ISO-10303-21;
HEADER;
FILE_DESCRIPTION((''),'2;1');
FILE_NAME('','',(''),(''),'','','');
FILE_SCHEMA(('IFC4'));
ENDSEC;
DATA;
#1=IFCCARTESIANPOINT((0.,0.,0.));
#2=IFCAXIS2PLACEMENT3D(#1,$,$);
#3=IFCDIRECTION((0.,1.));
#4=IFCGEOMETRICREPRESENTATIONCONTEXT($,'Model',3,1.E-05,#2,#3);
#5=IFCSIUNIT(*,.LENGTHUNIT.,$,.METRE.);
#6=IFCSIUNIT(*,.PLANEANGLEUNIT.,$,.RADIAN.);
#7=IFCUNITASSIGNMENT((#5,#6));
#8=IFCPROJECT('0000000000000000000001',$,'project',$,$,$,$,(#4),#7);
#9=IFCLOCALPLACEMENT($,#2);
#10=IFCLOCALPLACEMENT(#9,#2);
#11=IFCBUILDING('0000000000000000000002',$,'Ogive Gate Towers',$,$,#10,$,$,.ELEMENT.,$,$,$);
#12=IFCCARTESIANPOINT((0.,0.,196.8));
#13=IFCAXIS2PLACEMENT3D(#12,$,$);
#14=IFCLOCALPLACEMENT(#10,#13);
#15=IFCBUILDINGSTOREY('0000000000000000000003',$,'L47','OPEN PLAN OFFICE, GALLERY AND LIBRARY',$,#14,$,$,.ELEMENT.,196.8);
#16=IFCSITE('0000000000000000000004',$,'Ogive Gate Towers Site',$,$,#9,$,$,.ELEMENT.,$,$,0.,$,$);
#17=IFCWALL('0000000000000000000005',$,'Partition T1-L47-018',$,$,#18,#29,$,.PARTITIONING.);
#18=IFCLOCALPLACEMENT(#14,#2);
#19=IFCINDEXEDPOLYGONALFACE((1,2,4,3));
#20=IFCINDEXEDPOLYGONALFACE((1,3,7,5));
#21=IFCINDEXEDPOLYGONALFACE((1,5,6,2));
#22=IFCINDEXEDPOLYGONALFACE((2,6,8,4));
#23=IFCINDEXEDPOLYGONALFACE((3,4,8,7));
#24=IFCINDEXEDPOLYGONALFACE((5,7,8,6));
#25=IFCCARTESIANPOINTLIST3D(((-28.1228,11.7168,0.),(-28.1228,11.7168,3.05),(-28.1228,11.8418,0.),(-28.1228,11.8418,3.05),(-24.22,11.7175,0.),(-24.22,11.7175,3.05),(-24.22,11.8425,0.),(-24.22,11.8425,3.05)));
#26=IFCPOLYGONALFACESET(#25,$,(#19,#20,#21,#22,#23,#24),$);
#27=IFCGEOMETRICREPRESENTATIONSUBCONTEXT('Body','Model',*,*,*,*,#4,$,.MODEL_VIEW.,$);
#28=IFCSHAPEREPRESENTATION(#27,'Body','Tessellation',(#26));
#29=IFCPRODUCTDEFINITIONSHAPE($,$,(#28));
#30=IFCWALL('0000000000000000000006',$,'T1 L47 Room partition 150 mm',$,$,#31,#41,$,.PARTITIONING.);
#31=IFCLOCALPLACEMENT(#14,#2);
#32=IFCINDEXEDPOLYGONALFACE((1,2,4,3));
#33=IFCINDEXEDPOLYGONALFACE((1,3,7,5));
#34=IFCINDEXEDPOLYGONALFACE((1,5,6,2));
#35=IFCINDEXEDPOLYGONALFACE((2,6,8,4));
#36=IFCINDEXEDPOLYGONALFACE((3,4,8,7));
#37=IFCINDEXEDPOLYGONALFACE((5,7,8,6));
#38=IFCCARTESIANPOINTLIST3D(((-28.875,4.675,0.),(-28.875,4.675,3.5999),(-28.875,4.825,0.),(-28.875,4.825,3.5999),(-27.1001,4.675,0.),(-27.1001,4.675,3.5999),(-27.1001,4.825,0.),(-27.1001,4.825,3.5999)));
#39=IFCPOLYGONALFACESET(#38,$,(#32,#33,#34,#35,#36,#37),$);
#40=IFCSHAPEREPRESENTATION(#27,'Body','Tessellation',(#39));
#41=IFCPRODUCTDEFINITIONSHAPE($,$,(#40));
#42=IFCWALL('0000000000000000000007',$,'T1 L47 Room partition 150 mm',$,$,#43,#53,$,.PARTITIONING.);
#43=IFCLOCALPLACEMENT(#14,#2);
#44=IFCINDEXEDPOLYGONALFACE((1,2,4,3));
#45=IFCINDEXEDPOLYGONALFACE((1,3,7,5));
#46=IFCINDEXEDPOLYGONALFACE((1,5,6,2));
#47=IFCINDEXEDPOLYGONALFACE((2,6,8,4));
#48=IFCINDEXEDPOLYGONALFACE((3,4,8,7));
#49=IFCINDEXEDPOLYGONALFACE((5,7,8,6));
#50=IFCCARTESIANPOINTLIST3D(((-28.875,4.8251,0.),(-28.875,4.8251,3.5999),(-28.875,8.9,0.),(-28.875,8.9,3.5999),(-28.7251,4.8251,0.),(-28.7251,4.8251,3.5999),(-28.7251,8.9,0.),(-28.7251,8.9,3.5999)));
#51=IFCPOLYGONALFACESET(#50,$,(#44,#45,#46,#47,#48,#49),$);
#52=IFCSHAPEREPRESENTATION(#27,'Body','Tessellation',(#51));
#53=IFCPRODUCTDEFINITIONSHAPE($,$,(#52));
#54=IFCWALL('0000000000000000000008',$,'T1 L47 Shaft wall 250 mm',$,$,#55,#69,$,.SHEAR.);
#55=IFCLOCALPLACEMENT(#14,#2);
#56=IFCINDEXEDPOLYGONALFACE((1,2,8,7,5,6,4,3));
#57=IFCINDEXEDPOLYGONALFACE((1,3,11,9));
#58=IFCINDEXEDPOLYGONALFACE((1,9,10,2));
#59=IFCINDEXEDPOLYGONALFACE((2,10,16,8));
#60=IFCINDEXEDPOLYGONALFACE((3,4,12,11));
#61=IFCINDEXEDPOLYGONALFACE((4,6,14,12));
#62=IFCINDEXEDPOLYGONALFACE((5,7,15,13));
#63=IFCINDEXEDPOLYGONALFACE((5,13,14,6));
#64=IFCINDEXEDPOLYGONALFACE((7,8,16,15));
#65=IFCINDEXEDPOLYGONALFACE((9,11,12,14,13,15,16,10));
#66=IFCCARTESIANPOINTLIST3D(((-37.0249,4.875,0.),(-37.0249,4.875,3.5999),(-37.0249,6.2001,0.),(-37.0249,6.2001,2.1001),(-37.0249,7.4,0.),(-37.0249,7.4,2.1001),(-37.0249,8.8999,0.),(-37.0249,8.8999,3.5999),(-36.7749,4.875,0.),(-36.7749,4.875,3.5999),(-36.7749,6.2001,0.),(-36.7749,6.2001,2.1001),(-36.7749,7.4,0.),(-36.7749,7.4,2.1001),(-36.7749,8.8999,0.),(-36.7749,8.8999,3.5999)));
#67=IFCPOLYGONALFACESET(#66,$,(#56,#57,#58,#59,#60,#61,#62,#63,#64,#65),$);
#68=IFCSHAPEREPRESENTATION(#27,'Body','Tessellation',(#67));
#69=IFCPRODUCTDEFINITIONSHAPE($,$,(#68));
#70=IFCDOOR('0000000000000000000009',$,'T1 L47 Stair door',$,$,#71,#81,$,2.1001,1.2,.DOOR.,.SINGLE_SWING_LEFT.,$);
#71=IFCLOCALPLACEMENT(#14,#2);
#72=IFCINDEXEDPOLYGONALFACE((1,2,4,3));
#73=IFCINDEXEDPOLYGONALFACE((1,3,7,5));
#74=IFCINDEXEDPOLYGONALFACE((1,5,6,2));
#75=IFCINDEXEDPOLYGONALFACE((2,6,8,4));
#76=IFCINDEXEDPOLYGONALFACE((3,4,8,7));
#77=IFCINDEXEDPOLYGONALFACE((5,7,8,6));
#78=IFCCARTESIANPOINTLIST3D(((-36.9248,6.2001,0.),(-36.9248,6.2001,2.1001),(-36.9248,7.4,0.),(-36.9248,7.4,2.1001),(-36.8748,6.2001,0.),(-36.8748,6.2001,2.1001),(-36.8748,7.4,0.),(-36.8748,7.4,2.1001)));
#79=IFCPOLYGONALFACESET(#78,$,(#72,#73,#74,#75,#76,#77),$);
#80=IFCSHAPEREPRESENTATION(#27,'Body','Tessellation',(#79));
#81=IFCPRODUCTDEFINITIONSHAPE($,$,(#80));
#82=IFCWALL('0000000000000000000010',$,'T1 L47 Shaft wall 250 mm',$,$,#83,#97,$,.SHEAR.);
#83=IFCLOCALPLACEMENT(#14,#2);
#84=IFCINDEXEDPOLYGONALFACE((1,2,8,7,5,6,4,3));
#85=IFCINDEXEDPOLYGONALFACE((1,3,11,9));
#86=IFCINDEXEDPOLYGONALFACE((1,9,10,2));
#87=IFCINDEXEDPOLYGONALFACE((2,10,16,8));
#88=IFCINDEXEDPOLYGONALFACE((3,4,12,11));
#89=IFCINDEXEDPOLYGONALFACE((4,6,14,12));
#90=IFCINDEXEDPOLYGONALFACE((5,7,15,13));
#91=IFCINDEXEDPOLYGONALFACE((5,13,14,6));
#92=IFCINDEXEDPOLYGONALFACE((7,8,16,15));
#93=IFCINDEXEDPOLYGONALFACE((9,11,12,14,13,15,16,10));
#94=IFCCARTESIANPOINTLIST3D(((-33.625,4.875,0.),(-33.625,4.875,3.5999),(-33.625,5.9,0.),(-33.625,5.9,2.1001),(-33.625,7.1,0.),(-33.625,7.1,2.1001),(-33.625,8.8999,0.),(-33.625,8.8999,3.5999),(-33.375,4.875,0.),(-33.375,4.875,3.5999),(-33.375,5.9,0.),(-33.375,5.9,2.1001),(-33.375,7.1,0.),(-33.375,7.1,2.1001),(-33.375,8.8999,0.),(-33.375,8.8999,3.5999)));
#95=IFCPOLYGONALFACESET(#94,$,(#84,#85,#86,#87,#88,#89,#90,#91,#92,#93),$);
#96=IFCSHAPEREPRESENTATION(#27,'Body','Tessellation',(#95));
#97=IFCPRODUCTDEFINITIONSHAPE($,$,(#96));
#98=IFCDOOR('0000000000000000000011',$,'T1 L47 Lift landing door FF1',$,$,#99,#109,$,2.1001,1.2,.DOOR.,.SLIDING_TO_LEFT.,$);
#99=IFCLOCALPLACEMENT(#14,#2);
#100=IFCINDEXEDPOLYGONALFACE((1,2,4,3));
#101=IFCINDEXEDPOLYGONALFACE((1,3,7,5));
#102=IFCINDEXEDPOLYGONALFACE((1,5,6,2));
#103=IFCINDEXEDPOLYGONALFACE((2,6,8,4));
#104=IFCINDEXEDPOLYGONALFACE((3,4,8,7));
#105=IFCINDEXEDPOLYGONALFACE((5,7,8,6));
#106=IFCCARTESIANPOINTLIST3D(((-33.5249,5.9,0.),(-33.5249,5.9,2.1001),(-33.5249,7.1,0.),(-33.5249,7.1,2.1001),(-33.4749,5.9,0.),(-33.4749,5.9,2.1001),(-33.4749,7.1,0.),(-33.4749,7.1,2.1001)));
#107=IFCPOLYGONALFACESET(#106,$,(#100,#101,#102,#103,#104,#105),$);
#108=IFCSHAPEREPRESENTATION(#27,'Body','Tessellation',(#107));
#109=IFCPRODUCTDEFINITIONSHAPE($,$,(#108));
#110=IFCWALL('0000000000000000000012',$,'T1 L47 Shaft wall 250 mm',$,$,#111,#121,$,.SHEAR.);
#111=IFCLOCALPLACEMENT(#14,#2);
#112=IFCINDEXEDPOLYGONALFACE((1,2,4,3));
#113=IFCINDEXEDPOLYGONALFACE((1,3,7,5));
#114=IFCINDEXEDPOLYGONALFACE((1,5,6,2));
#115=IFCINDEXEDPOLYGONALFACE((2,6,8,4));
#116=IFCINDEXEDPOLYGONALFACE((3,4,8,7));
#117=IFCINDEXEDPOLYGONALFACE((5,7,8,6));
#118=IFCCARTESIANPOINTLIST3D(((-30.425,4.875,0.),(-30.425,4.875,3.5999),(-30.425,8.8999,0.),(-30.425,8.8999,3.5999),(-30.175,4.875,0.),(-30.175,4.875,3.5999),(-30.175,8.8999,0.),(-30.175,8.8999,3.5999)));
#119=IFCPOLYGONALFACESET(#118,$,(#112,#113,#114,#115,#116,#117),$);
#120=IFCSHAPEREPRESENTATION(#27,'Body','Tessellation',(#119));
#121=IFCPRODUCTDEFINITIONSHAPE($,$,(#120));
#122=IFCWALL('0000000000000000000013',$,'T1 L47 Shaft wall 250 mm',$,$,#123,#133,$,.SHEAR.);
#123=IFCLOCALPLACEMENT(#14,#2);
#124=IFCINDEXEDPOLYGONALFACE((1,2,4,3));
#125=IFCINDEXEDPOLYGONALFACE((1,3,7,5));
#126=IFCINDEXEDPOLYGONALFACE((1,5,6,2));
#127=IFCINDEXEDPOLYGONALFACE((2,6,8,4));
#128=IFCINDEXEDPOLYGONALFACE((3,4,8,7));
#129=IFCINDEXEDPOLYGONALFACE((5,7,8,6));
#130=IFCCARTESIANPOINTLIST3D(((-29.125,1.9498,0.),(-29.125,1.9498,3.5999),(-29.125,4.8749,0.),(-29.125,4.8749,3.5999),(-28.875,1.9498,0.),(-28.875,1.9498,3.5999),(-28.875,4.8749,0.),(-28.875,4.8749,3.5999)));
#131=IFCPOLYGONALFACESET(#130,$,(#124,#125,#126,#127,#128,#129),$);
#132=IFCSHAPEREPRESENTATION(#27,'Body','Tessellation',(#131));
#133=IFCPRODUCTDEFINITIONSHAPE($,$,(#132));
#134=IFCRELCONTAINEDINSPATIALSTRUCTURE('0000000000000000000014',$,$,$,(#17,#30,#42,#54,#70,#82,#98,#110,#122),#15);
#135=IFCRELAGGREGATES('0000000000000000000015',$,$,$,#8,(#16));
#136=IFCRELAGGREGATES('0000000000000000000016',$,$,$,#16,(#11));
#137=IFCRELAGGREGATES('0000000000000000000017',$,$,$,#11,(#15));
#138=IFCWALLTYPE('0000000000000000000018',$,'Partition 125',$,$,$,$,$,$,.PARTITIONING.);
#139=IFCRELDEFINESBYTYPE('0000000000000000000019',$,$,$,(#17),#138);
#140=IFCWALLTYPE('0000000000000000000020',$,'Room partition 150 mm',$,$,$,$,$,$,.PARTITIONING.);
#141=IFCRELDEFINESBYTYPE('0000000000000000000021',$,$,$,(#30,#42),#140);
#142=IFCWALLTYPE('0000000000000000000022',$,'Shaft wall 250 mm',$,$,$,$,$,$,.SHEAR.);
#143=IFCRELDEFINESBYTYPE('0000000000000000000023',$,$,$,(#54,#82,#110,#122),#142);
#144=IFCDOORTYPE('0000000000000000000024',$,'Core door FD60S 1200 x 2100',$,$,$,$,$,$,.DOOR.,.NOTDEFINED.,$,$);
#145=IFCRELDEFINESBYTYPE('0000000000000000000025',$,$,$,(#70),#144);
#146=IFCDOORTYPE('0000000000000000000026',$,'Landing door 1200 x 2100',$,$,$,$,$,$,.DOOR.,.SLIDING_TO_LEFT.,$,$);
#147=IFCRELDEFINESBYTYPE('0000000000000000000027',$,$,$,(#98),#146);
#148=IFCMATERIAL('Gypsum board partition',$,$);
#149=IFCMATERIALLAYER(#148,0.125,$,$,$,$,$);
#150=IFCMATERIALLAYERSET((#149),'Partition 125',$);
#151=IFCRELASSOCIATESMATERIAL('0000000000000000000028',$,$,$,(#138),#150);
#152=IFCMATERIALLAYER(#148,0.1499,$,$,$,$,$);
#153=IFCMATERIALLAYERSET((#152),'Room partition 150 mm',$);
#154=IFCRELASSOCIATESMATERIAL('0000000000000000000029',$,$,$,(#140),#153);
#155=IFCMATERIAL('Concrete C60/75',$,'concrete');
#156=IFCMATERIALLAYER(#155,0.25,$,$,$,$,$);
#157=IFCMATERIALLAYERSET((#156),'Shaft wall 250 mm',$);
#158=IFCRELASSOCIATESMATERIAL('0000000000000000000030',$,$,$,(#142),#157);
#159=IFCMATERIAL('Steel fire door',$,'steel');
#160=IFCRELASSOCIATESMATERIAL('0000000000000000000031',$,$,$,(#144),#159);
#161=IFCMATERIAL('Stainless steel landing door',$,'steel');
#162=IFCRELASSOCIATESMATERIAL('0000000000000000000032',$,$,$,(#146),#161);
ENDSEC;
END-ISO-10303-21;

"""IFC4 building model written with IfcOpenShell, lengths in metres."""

from ifc_helpers import new_model, si_unit, direction, frame, frame_2d, origin, place, context, subcontext, project, spatial, rectangle, extrude, material, layer, layer_set, type_object, element, fill, save


model = new_model("IFC4")

# Units and contexts
model_context = context("Model", 3, precision=1e-05, world=origin(), true_north=direction((0.0, 1.0)))
body_context = subcontext(model_context, "Body", "Model", "MODEL_VIEW")
ifc_project = project(units=[si_unit("LENGTHUNIT", "METRE"), si_unit("PLANEANGLEUNIT", "RADIAN")], contexts=[model_context])

# Site, building, storey
site_placement = place(None, origin())
site = spatial("IfcSite", under=ifc_project, at=site_placement, Name="Ogive Gate Towers Site", CompositionType="ELEMENT", RefElevation=0.0)
building_placement = place(site_placement, origin())
building = spatial("IfcBuilding", under=site, at=building_placement, Name="Ogive Gate Towers", CompositionType="ELEMENT")
storey_placement = place(building_placement, frame((0.0, 0.0, 196.8)))
storey = spatial("IfcBuildingStorey", under=building, at=storey_placement, Name="L47", Description="OPEN PLAN OFFICE, GALLERY AND LIBRARY", CompositionType="ELEMENT", Elevation=196.8)

# Shared definitions
ifc_material_1 = material(Name="Gypsum board partition")
ifc_layer_1 = layer(ifc_material_1, 0.125)
ifc_layer_set_1 = layer_set([ifc_layer_1], Name="Partition 125")
wall_type_1 = type_object("IfcWallType", Name="Partition 125", PredefinedType="PARTITIONING", material=ifc_layer_set_1)

# Walls
wall_1_placement = place(storey_placement, frame((-24.22, 11.78, 0.0), z_axis=(0.0, 0.0, 1.0), x_axis=(-1.0, -0.000188, 0.0)))
element("IfcWall", 1, at=wall_1_placement, inside=storey, type_object=wall_type_1, Name="Partition T1-L47-018", PredefinedType="PARTITIONING", context=body_context, shape_type="SweptSolid", body=[
    extrude(rectangle(XDim=3.9028, YDim=0.125, at=frame_2d((1.9514, 0.0))), origin(), (0.0, 0.0, 1.0), 3.05),
])
ifc_layer_2 = layer(ifc_material_1, 0.1499)
ifc_layer_set_2 = layer_set([ifc_layer_2], Name="Room partition 150 mm")
wall_type_2 = type_object("IfcWallType", Name="Room partition 150 mm", PredefinedType="PARTITIONING", material=ifc_layer_set_2)
wall_2_placement = place(storey_placement, frame((-28.875, 4.75, 0.0), z_axis=(0.0, 0.0, 1.0), x_axis=(1.0, 0.0, 0.0)))
element("IfcWall", 2, at=wall_2_placement, inside=storey, type_object=wall_type_2, Name="T1 L47 Room partition 150 mm", PredefinedType="PARTITIONING", context=body_context, shape_type="SweptSolid", body=[
    extrude(rectangle(XDim=1.7749, YDim=0.1499, at=frame_2d((0.8875, 0.0))), origin(), (0.0, 0.0, 1.0), 3.5999),
])
wall_3_placement = place(storey_placement, frame((-28.8, 4.825, 0.0), z_axis=(0.0, 0.0, 1.0), x_axis=(0.0, 1.0, 0.0)))
element("IfcWall", 3, at=wall_3_placement, inside=storey, type_object=wall_type_2, Name="T1 L47 Room partition 150 mm", PredefinedType="PARTITIONING", context=body_context, shape_type="SweptSolid", body=[
    extrude(rectangle(XDim=4.075, YDim=0.1499, at=frame_2d((2.0376, 0.0))), origin(), (0.0, 0.0, 1.0), 3.5999),
])

# Walls, openings, doors
ifc_material_2 = material(Name="Concrete C60/75", Category="concrete")
ifc_layer_3 = layer(ifc_material_2, 0.25)
ifc_layer_set_3 = layer_set([ifc_layer_3], Name="Shaft wall 250 mm")
wall_type_3 = type_object("IfcWallType", Name="Shaft wall 250 mm", PredefinedType="SHEAR", material=ifc_layer_set_3)
wall_4_placement = place(storey_placement, frame((-36.8999, 4.875, 0.0), z_axis=(0.0, 0.0, 1.0), x_axis=(0.0, 1.0, 0.0)))
wall_4 = element("IfcWall", 4, at=wall_4_placement, inside=storey, type_object=wall_type_3, Name="T1 L47 Shaft wall 250 mm", PredefinedType="SHEAR", context=body_context, shape_type="SweptSolid", body=[
    extrude(rectangle(XDim=4.0249, YDim=0.25, at=frame_2d((2.0125, 0.0))), origin(), (0.0, 0.0, 1.0), 3.5999),
])
opening_1_placement = place(wall_4_placement, frame((1.325, 0.0, 0.0)))
opening_1 = element("IfcOpeningElement", 5, at=opening_1_placement, cuts=wall_4, PredefinedType="OPENING", context=body_context, shape_type="SweptSolid", body=[
    extrude(rectangle(XDim=1.2, YDim=2.1001, at=frame_2d((0.6001, 1.05))), frame((0.0, 0.135, 0.0), z_axis=(0.0, -1.0, 0.0), x_axis=(1.0, 0.0, 0.0)), (0.0, 0.0, 1.0), 0.27),
])
ifc_material_3 = material(Name="Steel fire door", Category="steel")
door_type_1 = type_object("IfcDoorType", Name="Core door FD60S 1200 x 2100", OperationType="NOTDEFINED", PredefinedType="DOOR", material=ifc_material_3)
door_1_placement = place(opening_1_placement, origin())
door_1 = element("IfcDoor", 6, at=door_1_placement, inside=storey, type_object=door_type_1, Name="T1 L47 Stair door", OperationType="SINGLE_SWING_LEFT", OverallHeight=2.1001, OverallWidth=1.2, PredefinedType="DOOR", context=body_context, shape_type="SweptSolid", body=[
    extrude(rectangle(XDim=1.2, YDim=2.1001, at=frame_2d((0.6001, 1.05))), frame((0.0, 0.0249, 0.0), z_axis=(0.0, -1.0, 0.0), x_axis=(1.0, 0.0, 0.0)), (0.0, 0.0, 1.0), 0.05),
])
fill(opening_1, door_1)
wall_5_placement = place(storey_placement, frame((-33.5, 4.875, 0.0), z_axis=(0.0, 0.0, 1.0), x_axis=(0.0, 1.0, 0.0)))
wall_5 = element("IfcWall", 7, at=wall_5_placement, inside=storey, type_object=wall_type_3, Name="T1 L47 Shaft wall 250 mm", PredefinedType="SHEAR", context=body_context, shape_type="SweptSolid", body=[
    extrude(rectangle(XDim=4.0249, YDim=0.25, at=frame_2d((2.0125, 0.0))), origin(), (0.0, 0.0, 1.0), 3.5999),
])
opening_2_placement = place(wall_5_placement, frame((1.0249, 0.0, 0.0)))
opening_2 = element("IfcOpeningElement", 8, at=opening_2_placement, cuts=wall_5, PredefinedType="OPENING", context=body_context, shape_type="SweptSolid", body=[
    extrude(rectangle(XDim=1.2, YDim=2.1001, at=frame_2d((0.6001, 1.05))), frame((0.0, 0.135, 0.0), z_axis=(0.0, -1.0, 0.0), x_axis=(1.0, 0.0, 0.0)), (0.0, 0.0, 1.0), 0.27),
])
ifc_material_4 = material(Name="Stainless steel landing door", Category="steel")
door_type_2 = type_object("IfcDoorType", Name="Landing door 1200 x 2100", OperationType="SLIDING_TO_LEFT", PredefinedType="DOOR", material=ifc_material_4)
door_2_placement = place(opening_2_placement, origin())
door_2 = element("IfcDoor", 9, at=door_2_placement, inside=storey, type_object=door_type_2, Name="T1 L47 Lift landing door FF1", OperationType="SLIDING_TO_LEFT", OverallHeight=2.1001, OverallWidth=1.2, PredefinedType="DOOR", context=body_context, shape_type="SweptSolid", body=[
    extrude(rectangle(XDim=1.2, YDim=2.1001, at=frame_2d((0.6001, 1.05))), frame((0.0, 0.0249, 0.0), z_axis=(0.0, -1.0, 0.0), x_axis=(1.0, 0.0, 0.0)), (0.0, 0.0, 1.0), 0.05),
])
fill(opening_2, door_2)

# Walls
wall_6_placement = place(storey_placement, frame((-30.3, 4.875, 0.0), z_axis=(0.0, 0.0, 1.0), x_axis=(0.0, 1.0, 0.0)))
element("IfcWall", 10, at=wall_6_placement, inside=storey, type_object=wall_type_3, Name="T1 L47 Shaft wall 250 mm", PredefinedType="SHEAR", context=body_context, shape_type="SweptSolid", body=[
    extrude(rectangle(XDim=4.0249, YDim=0.25, at=frame_2d((2.0125, 0.0))), origin(), (0.0, 0.0, 1.0), 3.5999),
])
wall_7_placement = place(storey_placement, frame((-29.0, 1.95, 0.0), z_axis=(0.0, 0.0, 1.0), x_axis=(0.0, 1.0, 0.0)))
element("IfcWall", 11, at=wall_7_placement, inside=storey, type_object=wall_type_3, Name="T1 L47 Shaft wall 250 mm", PredefinedType="SHEAR", context=body_context, shape_type="SweptSolid", body=[
    extrude(rectangle(XDim=2.925, YDim=0.25, at=frame_2d((1.4624, 0.0))), origin(), (0.0, 0.0, 1.0), 3.5999),
])

save(model, "model.ifc")
